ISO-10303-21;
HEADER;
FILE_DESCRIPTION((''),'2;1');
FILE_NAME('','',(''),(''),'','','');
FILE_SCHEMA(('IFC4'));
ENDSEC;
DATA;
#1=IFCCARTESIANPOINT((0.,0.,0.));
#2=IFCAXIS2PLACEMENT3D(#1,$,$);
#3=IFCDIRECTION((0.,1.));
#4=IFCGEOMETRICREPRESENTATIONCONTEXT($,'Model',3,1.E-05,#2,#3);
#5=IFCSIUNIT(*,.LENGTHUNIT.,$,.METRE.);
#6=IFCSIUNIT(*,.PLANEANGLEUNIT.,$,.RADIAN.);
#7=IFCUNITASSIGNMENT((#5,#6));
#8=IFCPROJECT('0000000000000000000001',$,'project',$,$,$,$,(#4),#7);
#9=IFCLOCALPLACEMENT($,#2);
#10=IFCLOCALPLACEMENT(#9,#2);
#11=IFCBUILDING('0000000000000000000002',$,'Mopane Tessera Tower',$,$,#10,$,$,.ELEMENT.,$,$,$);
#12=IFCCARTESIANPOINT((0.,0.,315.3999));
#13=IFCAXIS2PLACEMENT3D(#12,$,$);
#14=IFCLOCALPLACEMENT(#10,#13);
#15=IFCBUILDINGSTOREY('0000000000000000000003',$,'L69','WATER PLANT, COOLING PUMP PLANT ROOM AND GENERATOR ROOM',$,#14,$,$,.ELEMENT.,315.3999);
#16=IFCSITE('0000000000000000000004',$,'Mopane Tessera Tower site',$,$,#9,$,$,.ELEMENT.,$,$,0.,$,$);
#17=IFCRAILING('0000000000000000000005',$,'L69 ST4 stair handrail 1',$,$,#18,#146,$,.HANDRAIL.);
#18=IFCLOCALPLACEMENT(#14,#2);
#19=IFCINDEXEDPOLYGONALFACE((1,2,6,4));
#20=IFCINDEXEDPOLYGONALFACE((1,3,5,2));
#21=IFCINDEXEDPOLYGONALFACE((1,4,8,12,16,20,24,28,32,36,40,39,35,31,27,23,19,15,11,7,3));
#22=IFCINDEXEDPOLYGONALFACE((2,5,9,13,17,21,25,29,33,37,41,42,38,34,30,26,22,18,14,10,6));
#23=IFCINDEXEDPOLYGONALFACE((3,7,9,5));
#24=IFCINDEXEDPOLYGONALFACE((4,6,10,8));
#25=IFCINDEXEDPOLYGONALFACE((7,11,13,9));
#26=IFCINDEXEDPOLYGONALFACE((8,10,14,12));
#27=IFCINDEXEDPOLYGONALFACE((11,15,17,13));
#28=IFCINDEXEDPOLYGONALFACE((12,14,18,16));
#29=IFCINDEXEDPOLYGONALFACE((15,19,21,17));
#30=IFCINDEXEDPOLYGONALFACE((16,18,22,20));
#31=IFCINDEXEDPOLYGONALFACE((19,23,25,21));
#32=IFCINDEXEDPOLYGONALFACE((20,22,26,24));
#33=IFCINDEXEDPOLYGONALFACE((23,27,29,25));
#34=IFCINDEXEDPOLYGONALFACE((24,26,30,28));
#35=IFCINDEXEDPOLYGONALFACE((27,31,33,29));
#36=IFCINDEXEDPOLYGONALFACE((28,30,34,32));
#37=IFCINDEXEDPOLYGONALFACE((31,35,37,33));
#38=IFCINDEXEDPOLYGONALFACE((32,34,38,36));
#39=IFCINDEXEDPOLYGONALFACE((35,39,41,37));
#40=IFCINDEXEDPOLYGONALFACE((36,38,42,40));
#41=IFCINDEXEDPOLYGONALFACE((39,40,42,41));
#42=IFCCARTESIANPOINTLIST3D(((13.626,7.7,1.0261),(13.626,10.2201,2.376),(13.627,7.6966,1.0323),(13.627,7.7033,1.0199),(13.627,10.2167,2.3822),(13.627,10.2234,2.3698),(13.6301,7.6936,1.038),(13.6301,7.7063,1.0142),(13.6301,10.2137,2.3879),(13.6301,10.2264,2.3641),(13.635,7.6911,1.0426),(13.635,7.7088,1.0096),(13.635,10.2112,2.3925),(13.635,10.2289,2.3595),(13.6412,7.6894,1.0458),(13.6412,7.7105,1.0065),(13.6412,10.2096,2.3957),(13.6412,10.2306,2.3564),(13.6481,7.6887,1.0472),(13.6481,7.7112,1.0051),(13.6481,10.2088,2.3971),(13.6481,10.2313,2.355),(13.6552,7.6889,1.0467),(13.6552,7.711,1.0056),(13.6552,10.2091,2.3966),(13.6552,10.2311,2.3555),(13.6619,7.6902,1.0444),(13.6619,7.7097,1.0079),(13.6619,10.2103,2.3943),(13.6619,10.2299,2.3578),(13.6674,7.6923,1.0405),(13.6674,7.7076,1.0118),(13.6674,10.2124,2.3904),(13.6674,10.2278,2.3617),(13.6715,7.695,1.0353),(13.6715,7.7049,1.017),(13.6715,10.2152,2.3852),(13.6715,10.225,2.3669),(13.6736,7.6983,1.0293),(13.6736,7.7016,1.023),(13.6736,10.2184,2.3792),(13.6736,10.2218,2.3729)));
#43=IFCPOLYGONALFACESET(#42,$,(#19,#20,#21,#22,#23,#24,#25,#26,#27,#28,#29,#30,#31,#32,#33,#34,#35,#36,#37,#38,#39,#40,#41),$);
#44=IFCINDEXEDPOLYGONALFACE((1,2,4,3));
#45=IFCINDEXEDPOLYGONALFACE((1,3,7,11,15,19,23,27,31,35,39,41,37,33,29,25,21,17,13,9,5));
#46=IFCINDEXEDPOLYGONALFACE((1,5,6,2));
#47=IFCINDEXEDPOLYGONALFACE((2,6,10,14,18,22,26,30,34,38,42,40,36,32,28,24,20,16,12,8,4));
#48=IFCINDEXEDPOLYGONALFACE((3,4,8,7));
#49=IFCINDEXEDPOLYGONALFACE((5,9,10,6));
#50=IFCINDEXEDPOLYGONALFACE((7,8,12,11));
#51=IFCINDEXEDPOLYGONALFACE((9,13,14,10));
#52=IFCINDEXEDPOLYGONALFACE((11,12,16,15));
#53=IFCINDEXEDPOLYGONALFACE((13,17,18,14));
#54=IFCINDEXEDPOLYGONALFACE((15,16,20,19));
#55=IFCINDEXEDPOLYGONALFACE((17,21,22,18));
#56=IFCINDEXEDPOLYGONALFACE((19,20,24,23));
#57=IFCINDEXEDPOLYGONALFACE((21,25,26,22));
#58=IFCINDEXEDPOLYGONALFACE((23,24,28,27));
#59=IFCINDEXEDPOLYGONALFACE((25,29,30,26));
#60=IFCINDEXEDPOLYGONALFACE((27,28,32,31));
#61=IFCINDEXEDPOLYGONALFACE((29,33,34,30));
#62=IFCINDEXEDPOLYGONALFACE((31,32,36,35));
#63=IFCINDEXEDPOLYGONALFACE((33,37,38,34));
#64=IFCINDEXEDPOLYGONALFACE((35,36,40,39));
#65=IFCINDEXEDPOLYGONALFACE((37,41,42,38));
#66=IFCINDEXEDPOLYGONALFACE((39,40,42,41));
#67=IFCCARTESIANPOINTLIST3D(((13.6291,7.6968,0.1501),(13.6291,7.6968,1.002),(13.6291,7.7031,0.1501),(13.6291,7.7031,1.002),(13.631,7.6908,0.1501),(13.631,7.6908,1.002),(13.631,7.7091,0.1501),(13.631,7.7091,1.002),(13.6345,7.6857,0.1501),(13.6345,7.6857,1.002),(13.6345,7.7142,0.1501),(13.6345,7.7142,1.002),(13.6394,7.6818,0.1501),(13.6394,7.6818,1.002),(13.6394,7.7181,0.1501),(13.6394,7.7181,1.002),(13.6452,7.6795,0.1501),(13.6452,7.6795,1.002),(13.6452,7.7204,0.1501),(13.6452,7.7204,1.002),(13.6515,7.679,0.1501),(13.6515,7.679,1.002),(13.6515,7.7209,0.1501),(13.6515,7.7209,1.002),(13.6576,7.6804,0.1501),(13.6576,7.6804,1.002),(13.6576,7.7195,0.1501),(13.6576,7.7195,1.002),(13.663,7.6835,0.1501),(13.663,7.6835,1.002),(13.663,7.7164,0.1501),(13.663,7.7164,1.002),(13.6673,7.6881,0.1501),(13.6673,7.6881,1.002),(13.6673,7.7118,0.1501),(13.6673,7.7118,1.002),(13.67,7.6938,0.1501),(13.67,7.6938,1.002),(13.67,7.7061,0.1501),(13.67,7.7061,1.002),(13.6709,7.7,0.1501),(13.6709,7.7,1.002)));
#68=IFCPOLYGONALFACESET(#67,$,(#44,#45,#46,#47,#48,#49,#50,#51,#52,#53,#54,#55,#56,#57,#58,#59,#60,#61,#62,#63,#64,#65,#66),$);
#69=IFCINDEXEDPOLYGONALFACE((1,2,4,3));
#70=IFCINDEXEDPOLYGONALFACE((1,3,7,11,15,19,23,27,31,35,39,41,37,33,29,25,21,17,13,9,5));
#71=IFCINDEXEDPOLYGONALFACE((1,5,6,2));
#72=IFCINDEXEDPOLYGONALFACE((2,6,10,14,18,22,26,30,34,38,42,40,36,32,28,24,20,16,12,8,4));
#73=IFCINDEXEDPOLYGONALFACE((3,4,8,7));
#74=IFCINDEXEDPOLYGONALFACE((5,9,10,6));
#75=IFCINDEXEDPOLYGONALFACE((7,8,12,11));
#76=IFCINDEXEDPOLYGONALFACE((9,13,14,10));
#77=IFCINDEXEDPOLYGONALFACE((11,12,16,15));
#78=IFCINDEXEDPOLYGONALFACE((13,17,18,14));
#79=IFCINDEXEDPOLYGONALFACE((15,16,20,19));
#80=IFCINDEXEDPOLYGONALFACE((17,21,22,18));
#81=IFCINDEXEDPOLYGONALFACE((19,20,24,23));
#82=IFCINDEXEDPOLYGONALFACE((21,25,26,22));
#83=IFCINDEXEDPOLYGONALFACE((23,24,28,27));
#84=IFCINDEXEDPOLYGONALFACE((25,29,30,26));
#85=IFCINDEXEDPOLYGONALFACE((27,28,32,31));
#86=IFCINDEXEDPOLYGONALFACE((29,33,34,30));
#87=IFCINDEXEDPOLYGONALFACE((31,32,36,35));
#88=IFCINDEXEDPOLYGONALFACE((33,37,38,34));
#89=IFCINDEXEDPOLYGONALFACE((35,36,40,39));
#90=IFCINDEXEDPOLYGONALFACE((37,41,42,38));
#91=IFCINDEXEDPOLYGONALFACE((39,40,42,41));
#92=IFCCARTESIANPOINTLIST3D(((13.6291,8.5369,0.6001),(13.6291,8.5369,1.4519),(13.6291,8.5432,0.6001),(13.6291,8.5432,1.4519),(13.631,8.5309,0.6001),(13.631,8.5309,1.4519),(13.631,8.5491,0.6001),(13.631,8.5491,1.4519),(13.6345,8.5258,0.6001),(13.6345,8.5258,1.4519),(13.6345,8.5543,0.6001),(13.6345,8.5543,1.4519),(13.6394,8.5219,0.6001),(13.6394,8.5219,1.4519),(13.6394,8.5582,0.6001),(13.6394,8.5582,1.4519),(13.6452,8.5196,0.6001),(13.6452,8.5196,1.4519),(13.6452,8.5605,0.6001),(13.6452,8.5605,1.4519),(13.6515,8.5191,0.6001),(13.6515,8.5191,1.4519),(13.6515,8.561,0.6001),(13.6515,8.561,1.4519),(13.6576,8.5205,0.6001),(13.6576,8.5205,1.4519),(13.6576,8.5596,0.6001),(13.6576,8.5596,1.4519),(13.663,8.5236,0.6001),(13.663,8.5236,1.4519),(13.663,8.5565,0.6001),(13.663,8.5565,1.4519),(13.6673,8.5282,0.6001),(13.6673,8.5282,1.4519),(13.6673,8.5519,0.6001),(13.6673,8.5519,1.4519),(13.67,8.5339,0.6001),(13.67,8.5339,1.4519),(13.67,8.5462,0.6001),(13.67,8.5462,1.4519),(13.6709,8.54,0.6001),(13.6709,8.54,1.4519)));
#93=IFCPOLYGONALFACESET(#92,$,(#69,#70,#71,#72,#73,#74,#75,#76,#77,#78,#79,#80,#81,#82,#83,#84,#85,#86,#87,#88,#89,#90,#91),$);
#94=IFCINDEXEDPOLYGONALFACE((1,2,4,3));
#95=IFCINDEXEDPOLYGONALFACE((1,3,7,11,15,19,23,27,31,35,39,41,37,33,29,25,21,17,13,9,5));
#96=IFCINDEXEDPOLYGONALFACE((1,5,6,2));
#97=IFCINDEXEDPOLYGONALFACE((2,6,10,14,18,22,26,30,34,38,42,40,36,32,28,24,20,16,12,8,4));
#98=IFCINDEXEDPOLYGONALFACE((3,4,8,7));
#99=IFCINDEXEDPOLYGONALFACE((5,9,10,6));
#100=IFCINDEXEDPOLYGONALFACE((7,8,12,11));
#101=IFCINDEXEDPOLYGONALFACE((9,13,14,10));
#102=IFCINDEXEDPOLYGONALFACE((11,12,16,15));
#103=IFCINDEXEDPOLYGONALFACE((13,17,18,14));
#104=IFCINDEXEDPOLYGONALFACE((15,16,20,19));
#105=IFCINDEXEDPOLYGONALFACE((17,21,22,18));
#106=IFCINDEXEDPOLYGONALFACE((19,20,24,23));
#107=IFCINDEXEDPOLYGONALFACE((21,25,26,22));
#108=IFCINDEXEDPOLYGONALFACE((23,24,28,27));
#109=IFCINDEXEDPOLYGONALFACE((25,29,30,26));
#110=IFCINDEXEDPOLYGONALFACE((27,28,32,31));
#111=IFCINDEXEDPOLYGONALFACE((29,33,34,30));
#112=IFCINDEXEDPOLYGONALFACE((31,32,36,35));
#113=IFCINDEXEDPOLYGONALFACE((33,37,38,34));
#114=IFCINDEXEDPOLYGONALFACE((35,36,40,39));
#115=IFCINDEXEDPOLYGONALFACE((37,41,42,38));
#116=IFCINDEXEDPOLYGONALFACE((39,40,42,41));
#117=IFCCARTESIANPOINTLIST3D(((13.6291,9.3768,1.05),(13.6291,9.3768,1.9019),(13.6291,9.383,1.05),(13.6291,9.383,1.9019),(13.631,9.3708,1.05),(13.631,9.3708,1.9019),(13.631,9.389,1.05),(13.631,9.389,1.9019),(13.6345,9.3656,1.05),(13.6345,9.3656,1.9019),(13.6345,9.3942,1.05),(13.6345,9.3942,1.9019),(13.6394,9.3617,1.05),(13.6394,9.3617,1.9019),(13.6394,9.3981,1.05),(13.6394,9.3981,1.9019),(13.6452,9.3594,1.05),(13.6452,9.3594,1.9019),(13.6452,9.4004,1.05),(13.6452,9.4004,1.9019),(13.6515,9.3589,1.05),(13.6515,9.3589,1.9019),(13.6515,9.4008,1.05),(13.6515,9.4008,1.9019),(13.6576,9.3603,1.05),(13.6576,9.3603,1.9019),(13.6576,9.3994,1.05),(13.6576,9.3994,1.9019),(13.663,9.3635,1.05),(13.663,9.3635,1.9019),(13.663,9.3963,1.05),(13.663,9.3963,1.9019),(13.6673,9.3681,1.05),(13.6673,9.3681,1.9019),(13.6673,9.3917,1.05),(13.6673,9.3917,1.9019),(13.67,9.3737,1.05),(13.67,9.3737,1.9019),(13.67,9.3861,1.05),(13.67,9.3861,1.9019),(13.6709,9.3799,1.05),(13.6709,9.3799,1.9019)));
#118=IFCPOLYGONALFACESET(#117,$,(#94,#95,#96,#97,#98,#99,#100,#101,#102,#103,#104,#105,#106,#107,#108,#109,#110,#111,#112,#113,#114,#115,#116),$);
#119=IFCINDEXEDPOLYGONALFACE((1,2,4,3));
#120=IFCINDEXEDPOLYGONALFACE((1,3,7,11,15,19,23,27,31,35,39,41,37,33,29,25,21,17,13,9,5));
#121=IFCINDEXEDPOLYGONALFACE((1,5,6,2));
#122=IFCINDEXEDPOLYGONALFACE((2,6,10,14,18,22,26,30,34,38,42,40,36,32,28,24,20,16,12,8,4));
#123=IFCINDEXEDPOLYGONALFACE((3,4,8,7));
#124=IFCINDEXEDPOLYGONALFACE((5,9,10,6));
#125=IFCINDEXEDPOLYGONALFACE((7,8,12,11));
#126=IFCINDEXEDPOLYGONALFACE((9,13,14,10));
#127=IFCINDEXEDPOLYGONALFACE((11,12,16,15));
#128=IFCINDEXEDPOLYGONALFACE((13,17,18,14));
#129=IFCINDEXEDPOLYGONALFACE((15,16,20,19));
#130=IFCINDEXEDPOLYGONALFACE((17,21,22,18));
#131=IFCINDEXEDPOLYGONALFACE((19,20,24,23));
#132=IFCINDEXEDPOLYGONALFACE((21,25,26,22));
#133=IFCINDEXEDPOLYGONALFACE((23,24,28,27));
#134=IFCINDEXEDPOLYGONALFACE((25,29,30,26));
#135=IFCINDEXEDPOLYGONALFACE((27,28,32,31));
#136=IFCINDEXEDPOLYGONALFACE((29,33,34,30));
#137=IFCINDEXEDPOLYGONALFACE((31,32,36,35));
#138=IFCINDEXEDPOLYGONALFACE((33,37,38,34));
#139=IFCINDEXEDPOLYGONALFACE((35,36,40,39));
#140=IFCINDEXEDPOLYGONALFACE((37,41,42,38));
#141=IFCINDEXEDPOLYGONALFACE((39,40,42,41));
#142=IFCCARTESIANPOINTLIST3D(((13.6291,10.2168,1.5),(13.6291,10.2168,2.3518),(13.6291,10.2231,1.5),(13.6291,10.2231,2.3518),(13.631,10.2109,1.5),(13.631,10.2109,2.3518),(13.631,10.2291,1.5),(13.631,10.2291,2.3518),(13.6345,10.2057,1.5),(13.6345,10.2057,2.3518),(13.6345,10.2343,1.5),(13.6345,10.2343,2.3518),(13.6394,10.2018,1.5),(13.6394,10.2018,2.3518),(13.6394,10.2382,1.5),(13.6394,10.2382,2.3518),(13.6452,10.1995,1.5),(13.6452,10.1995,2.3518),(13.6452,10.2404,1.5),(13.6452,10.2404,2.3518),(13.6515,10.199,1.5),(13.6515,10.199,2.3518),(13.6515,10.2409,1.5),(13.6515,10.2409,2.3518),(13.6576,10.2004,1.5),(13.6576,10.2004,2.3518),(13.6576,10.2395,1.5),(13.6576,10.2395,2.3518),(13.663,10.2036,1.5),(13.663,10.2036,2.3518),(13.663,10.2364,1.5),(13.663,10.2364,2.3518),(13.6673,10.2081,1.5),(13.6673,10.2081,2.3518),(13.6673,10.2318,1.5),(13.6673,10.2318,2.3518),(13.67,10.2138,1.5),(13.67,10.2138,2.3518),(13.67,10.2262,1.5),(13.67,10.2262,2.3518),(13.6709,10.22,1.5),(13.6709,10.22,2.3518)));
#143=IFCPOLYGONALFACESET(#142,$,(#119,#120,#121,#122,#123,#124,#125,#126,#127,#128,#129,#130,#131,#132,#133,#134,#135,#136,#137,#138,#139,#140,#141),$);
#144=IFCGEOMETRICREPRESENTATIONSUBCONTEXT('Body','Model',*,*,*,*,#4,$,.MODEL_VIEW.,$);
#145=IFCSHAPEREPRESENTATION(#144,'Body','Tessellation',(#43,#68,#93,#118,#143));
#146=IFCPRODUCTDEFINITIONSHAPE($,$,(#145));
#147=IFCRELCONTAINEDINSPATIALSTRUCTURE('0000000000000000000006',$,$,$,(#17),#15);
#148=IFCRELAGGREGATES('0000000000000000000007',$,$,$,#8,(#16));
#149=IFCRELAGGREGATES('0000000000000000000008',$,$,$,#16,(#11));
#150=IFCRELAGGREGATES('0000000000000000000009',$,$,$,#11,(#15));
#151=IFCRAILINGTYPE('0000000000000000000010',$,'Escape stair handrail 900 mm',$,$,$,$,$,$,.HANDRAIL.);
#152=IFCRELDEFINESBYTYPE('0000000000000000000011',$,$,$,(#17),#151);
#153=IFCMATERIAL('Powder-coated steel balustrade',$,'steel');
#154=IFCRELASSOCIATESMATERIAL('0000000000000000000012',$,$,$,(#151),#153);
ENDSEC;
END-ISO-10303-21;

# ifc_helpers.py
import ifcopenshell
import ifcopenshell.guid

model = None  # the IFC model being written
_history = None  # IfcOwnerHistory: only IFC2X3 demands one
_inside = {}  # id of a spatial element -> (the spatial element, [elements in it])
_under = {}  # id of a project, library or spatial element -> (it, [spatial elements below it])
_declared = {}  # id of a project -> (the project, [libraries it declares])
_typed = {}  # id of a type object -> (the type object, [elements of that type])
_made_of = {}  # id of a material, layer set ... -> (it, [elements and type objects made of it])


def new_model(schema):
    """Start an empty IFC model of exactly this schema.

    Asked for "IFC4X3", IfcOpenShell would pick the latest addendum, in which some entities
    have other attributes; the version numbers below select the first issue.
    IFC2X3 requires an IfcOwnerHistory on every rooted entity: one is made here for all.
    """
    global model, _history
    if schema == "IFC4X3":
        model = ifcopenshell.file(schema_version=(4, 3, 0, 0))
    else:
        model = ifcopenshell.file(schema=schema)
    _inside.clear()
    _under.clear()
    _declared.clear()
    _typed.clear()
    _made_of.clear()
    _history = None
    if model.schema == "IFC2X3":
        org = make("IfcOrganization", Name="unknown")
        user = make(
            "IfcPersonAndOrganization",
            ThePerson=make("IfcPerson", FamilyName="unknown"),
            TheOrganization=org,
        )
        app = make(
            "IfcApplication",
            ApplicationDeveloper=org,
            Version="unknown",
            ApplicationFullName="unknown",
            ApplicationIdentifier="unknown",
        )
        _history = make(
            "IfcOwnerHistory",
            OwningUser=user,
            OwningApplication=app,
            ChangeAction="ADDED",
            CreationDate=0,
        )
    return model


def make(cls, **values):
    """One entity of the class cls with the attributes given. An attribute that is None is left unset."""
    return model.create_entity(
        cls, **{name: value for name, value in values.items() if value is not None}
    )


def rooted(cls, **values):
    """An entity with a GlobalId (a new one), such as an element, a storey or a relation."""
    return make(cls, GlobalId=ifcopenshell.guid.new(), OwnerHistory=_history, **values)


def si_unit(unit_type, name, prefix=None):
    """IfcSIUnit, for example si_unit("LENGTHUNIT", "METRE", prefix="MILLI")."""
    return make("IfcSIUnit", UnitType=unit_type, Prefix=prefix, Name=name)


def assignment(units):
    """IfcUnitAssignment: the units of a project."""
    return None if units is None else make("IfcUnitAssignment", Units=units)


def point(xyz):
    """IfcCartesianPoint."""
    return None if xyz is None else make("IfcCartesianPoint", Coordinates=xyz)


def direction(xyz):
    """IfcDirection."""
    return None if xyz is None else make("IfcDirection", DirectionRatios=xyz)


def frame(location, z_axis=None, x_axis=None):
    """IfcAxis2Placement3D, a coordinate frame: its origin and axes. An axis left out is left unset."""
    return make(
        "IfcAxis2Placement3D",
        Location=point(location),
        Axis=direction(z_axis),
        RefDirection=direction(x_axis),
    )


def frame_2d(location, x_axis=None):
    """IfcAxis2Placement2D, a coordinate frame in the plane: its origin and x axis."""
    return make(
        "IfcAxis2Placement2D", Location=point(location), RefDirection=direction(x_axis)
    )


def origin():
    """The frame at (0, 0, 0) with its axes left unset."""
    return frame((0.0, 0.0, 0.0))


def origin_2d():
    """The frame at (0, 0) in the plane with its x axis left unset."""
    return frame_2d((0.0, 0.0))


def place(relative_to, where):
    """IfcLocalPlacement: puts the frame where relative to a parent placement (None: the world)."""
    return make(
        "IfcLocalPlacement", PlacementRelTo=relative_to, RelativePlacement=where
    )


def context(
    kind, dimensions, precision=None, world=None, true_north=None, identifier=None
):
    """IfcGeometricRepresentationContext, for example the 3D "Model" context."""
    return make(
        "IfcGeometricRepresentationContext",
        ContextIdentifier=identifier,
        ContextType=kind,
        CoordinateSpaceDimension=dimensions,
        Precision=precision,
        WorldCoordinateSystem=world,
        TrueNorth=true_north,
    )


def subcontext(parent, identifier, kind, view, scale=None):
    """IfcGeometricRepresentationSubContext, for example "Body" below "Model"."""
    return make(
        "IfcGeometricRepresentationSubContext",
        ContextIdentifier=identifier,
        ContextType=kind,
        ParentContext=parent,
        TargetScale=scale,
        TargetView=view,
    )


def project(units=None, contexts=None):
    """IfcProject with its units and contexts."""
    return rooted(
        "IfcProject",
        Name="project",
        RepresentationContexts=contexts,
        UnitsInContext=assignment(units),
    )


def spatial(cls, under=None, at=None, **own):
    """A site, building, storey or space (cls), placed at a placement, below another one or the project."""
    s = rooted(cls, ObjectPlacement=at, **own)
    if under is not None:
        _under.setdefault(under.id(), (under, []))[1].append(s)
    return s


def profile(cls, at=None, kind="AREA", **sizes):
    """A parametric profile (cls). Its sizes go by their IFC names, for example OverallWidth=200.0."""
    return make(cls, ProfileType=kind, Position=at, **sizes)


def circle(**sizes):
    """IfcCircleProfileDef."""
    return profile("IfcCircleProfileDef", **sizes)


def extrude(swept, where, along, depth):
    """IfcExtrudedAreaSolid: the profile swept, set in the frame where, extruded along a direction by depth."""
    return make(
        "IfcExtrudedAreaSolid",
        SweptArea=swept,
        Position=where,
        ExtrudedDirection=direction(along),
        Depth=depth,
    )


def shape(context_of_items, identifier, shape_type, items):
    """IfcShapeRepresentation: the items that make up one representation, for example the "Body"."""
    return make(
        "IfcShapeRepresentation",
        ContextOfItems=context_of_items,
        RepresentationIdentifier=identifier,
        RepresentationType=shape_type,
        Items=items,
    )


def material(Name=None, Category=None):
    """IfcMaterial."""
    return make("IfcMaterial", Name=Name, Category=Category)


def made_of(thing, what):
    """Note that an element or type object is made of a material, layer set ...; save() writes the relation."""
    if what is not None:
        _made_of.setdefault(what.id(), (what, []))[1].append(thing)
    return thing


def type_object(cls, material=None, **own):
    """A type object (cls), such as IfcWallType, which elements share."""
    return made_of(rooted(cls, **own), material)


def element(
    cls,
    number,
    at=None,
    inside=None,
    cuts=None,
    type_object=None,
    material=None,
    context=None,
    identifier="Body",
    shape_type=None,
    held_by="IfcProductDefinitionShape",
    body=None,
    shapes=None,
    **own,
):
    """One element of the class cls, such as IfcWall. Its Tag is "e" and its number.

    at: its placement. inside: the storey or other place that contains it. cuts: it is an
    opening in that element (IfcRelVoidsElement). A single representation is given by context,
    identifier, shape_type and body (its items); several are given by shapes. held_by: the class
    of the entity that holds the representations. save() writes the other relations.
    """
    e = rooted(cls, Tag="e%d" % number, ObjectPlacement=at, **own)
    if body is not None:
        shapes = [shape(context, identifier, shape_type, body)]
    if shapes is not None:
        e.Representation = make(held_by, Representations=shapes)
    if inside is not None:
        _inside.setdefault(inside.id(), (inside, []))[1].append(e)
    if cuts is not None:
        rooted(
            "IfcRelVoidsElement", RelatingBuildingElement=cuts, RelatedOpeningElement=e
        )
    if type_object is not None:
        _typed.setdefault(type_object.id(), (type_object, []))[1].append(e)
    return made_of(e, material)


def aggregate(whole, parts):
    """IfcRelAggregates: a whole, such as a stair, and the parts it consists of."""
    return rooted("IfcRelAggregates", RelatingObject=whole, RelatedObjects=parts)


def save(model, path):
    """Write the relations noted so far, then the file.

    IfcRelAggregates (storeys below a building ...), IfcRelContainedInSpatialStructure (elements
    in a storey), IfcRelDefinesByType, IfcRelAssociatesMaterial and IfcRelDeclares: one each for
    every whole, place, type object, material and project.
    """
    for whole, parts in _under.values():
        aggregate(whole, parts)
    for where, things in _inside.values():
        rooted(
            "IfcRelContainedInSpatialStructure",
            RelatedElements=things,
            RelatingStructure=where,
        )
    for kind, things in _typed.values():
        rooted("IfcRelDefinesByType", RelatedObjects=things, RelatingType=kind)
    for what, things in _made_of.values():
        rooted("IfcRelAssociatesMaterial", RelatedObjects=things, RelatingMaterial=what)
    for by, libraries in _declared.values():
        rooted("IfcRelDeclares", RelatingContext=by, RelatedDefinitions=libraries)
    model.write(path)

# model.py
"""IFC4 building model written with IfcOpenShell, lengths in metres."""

from ifc_helpers import new_model, si_unit, direction, frame, origin, origin_2d, place, context, subcontext, project, spatial, circle, extrude, material, type_object, element, save


model = new_model("IFC4")

# Units and contexts
model_context = context("Model", 3, precision=1e-05, world=origin(), true_north=direction((0.0, 1.0)))
body_context = subcontext(model_context, "Body", "Model", "MODEL_VIEW")
ifc_project = project(units=[si_unit("LENGTHUNIT", "METRE"), si_unit("PLANEANGLEUNIT", "RADIAN")], contexts=[model_context])

# Site, building, storey
site_placement = place(None, origin())
site = spatial("IfcSite", under=ifc_project, at=site_placement, Name="Mopane Tessera Tower site", CompositionType="ELEMENT", RefElevation=0.0)
building_placement = place(site_placement, origin())
building = spatial("IfcBuilding", under=site, at=building_placement, Name="Mopane Tessera Tower", CompositionType="ELEMENT")
storey_placement = place(building_placement, frame((0.0, 0.0, 315.3999)))
storey = spatial("IfcBuildingStorey", under=building, at=storey_placement, Name="L69", Description="WATER PLANT, COOLING PUMP PLANT ROOM AND GENERATOR ROOM", CompositionType="ELEMENT", Elevation=315.3999)

# Railing
ifc_material_1 = material(Name="Powder-coated steel balustrade", Category="steel")
railing_type_1 = type_object("IfcRailingType", Name="Escape stair handrail 900 mm", PredefinedType="HANDRAIL", material=ifc_material_1)
railing_1_placement = place(storey_placement, frame((13.6499, 7.7, 0.1501)))
element("IfcRailing", 1, at=railing_1_placement, inside=storey, type_object=railing_type_1, Name="L69 ST4 stair handrail 1", PredefinedType="HANDRAIL", context=body_context, shape_type="SweptSolid", body=[
    extrude(circle(Radius=0.0239, at=origin_2d()), frame((0.0, 0.0, 0.876), z_axis=(0.0, 0.881503, 0.472179), x_axis=(-1.0, 0.0, 0.0)), (0.0, 0.0, 1.0), 2.8589),
    extrude(circle(Radius=0.021, at=origin_2d()), origin(), (0.0, 0.0, 1.0), 0.8518),
    extrude(circle(Radius=0.021, at=origin_2d()), frame((0.0, 0.8401, 0.45)), (0.0, 0.0, 1.0), 0.8518),
    extrude(circle(Radius=0.021, at=origin_2d()), frame((0.0, 1.6799, 0.8999)), (0.0, 0.0, 1.0), 0.8518),
    extrude(circle(Radius=0.021, at=origin_2d()), frame((0.0, 2.52, 1.3499)), (0.0, 0.0, 1.0), 0.8518),
])

save(model, "model.ifc")
